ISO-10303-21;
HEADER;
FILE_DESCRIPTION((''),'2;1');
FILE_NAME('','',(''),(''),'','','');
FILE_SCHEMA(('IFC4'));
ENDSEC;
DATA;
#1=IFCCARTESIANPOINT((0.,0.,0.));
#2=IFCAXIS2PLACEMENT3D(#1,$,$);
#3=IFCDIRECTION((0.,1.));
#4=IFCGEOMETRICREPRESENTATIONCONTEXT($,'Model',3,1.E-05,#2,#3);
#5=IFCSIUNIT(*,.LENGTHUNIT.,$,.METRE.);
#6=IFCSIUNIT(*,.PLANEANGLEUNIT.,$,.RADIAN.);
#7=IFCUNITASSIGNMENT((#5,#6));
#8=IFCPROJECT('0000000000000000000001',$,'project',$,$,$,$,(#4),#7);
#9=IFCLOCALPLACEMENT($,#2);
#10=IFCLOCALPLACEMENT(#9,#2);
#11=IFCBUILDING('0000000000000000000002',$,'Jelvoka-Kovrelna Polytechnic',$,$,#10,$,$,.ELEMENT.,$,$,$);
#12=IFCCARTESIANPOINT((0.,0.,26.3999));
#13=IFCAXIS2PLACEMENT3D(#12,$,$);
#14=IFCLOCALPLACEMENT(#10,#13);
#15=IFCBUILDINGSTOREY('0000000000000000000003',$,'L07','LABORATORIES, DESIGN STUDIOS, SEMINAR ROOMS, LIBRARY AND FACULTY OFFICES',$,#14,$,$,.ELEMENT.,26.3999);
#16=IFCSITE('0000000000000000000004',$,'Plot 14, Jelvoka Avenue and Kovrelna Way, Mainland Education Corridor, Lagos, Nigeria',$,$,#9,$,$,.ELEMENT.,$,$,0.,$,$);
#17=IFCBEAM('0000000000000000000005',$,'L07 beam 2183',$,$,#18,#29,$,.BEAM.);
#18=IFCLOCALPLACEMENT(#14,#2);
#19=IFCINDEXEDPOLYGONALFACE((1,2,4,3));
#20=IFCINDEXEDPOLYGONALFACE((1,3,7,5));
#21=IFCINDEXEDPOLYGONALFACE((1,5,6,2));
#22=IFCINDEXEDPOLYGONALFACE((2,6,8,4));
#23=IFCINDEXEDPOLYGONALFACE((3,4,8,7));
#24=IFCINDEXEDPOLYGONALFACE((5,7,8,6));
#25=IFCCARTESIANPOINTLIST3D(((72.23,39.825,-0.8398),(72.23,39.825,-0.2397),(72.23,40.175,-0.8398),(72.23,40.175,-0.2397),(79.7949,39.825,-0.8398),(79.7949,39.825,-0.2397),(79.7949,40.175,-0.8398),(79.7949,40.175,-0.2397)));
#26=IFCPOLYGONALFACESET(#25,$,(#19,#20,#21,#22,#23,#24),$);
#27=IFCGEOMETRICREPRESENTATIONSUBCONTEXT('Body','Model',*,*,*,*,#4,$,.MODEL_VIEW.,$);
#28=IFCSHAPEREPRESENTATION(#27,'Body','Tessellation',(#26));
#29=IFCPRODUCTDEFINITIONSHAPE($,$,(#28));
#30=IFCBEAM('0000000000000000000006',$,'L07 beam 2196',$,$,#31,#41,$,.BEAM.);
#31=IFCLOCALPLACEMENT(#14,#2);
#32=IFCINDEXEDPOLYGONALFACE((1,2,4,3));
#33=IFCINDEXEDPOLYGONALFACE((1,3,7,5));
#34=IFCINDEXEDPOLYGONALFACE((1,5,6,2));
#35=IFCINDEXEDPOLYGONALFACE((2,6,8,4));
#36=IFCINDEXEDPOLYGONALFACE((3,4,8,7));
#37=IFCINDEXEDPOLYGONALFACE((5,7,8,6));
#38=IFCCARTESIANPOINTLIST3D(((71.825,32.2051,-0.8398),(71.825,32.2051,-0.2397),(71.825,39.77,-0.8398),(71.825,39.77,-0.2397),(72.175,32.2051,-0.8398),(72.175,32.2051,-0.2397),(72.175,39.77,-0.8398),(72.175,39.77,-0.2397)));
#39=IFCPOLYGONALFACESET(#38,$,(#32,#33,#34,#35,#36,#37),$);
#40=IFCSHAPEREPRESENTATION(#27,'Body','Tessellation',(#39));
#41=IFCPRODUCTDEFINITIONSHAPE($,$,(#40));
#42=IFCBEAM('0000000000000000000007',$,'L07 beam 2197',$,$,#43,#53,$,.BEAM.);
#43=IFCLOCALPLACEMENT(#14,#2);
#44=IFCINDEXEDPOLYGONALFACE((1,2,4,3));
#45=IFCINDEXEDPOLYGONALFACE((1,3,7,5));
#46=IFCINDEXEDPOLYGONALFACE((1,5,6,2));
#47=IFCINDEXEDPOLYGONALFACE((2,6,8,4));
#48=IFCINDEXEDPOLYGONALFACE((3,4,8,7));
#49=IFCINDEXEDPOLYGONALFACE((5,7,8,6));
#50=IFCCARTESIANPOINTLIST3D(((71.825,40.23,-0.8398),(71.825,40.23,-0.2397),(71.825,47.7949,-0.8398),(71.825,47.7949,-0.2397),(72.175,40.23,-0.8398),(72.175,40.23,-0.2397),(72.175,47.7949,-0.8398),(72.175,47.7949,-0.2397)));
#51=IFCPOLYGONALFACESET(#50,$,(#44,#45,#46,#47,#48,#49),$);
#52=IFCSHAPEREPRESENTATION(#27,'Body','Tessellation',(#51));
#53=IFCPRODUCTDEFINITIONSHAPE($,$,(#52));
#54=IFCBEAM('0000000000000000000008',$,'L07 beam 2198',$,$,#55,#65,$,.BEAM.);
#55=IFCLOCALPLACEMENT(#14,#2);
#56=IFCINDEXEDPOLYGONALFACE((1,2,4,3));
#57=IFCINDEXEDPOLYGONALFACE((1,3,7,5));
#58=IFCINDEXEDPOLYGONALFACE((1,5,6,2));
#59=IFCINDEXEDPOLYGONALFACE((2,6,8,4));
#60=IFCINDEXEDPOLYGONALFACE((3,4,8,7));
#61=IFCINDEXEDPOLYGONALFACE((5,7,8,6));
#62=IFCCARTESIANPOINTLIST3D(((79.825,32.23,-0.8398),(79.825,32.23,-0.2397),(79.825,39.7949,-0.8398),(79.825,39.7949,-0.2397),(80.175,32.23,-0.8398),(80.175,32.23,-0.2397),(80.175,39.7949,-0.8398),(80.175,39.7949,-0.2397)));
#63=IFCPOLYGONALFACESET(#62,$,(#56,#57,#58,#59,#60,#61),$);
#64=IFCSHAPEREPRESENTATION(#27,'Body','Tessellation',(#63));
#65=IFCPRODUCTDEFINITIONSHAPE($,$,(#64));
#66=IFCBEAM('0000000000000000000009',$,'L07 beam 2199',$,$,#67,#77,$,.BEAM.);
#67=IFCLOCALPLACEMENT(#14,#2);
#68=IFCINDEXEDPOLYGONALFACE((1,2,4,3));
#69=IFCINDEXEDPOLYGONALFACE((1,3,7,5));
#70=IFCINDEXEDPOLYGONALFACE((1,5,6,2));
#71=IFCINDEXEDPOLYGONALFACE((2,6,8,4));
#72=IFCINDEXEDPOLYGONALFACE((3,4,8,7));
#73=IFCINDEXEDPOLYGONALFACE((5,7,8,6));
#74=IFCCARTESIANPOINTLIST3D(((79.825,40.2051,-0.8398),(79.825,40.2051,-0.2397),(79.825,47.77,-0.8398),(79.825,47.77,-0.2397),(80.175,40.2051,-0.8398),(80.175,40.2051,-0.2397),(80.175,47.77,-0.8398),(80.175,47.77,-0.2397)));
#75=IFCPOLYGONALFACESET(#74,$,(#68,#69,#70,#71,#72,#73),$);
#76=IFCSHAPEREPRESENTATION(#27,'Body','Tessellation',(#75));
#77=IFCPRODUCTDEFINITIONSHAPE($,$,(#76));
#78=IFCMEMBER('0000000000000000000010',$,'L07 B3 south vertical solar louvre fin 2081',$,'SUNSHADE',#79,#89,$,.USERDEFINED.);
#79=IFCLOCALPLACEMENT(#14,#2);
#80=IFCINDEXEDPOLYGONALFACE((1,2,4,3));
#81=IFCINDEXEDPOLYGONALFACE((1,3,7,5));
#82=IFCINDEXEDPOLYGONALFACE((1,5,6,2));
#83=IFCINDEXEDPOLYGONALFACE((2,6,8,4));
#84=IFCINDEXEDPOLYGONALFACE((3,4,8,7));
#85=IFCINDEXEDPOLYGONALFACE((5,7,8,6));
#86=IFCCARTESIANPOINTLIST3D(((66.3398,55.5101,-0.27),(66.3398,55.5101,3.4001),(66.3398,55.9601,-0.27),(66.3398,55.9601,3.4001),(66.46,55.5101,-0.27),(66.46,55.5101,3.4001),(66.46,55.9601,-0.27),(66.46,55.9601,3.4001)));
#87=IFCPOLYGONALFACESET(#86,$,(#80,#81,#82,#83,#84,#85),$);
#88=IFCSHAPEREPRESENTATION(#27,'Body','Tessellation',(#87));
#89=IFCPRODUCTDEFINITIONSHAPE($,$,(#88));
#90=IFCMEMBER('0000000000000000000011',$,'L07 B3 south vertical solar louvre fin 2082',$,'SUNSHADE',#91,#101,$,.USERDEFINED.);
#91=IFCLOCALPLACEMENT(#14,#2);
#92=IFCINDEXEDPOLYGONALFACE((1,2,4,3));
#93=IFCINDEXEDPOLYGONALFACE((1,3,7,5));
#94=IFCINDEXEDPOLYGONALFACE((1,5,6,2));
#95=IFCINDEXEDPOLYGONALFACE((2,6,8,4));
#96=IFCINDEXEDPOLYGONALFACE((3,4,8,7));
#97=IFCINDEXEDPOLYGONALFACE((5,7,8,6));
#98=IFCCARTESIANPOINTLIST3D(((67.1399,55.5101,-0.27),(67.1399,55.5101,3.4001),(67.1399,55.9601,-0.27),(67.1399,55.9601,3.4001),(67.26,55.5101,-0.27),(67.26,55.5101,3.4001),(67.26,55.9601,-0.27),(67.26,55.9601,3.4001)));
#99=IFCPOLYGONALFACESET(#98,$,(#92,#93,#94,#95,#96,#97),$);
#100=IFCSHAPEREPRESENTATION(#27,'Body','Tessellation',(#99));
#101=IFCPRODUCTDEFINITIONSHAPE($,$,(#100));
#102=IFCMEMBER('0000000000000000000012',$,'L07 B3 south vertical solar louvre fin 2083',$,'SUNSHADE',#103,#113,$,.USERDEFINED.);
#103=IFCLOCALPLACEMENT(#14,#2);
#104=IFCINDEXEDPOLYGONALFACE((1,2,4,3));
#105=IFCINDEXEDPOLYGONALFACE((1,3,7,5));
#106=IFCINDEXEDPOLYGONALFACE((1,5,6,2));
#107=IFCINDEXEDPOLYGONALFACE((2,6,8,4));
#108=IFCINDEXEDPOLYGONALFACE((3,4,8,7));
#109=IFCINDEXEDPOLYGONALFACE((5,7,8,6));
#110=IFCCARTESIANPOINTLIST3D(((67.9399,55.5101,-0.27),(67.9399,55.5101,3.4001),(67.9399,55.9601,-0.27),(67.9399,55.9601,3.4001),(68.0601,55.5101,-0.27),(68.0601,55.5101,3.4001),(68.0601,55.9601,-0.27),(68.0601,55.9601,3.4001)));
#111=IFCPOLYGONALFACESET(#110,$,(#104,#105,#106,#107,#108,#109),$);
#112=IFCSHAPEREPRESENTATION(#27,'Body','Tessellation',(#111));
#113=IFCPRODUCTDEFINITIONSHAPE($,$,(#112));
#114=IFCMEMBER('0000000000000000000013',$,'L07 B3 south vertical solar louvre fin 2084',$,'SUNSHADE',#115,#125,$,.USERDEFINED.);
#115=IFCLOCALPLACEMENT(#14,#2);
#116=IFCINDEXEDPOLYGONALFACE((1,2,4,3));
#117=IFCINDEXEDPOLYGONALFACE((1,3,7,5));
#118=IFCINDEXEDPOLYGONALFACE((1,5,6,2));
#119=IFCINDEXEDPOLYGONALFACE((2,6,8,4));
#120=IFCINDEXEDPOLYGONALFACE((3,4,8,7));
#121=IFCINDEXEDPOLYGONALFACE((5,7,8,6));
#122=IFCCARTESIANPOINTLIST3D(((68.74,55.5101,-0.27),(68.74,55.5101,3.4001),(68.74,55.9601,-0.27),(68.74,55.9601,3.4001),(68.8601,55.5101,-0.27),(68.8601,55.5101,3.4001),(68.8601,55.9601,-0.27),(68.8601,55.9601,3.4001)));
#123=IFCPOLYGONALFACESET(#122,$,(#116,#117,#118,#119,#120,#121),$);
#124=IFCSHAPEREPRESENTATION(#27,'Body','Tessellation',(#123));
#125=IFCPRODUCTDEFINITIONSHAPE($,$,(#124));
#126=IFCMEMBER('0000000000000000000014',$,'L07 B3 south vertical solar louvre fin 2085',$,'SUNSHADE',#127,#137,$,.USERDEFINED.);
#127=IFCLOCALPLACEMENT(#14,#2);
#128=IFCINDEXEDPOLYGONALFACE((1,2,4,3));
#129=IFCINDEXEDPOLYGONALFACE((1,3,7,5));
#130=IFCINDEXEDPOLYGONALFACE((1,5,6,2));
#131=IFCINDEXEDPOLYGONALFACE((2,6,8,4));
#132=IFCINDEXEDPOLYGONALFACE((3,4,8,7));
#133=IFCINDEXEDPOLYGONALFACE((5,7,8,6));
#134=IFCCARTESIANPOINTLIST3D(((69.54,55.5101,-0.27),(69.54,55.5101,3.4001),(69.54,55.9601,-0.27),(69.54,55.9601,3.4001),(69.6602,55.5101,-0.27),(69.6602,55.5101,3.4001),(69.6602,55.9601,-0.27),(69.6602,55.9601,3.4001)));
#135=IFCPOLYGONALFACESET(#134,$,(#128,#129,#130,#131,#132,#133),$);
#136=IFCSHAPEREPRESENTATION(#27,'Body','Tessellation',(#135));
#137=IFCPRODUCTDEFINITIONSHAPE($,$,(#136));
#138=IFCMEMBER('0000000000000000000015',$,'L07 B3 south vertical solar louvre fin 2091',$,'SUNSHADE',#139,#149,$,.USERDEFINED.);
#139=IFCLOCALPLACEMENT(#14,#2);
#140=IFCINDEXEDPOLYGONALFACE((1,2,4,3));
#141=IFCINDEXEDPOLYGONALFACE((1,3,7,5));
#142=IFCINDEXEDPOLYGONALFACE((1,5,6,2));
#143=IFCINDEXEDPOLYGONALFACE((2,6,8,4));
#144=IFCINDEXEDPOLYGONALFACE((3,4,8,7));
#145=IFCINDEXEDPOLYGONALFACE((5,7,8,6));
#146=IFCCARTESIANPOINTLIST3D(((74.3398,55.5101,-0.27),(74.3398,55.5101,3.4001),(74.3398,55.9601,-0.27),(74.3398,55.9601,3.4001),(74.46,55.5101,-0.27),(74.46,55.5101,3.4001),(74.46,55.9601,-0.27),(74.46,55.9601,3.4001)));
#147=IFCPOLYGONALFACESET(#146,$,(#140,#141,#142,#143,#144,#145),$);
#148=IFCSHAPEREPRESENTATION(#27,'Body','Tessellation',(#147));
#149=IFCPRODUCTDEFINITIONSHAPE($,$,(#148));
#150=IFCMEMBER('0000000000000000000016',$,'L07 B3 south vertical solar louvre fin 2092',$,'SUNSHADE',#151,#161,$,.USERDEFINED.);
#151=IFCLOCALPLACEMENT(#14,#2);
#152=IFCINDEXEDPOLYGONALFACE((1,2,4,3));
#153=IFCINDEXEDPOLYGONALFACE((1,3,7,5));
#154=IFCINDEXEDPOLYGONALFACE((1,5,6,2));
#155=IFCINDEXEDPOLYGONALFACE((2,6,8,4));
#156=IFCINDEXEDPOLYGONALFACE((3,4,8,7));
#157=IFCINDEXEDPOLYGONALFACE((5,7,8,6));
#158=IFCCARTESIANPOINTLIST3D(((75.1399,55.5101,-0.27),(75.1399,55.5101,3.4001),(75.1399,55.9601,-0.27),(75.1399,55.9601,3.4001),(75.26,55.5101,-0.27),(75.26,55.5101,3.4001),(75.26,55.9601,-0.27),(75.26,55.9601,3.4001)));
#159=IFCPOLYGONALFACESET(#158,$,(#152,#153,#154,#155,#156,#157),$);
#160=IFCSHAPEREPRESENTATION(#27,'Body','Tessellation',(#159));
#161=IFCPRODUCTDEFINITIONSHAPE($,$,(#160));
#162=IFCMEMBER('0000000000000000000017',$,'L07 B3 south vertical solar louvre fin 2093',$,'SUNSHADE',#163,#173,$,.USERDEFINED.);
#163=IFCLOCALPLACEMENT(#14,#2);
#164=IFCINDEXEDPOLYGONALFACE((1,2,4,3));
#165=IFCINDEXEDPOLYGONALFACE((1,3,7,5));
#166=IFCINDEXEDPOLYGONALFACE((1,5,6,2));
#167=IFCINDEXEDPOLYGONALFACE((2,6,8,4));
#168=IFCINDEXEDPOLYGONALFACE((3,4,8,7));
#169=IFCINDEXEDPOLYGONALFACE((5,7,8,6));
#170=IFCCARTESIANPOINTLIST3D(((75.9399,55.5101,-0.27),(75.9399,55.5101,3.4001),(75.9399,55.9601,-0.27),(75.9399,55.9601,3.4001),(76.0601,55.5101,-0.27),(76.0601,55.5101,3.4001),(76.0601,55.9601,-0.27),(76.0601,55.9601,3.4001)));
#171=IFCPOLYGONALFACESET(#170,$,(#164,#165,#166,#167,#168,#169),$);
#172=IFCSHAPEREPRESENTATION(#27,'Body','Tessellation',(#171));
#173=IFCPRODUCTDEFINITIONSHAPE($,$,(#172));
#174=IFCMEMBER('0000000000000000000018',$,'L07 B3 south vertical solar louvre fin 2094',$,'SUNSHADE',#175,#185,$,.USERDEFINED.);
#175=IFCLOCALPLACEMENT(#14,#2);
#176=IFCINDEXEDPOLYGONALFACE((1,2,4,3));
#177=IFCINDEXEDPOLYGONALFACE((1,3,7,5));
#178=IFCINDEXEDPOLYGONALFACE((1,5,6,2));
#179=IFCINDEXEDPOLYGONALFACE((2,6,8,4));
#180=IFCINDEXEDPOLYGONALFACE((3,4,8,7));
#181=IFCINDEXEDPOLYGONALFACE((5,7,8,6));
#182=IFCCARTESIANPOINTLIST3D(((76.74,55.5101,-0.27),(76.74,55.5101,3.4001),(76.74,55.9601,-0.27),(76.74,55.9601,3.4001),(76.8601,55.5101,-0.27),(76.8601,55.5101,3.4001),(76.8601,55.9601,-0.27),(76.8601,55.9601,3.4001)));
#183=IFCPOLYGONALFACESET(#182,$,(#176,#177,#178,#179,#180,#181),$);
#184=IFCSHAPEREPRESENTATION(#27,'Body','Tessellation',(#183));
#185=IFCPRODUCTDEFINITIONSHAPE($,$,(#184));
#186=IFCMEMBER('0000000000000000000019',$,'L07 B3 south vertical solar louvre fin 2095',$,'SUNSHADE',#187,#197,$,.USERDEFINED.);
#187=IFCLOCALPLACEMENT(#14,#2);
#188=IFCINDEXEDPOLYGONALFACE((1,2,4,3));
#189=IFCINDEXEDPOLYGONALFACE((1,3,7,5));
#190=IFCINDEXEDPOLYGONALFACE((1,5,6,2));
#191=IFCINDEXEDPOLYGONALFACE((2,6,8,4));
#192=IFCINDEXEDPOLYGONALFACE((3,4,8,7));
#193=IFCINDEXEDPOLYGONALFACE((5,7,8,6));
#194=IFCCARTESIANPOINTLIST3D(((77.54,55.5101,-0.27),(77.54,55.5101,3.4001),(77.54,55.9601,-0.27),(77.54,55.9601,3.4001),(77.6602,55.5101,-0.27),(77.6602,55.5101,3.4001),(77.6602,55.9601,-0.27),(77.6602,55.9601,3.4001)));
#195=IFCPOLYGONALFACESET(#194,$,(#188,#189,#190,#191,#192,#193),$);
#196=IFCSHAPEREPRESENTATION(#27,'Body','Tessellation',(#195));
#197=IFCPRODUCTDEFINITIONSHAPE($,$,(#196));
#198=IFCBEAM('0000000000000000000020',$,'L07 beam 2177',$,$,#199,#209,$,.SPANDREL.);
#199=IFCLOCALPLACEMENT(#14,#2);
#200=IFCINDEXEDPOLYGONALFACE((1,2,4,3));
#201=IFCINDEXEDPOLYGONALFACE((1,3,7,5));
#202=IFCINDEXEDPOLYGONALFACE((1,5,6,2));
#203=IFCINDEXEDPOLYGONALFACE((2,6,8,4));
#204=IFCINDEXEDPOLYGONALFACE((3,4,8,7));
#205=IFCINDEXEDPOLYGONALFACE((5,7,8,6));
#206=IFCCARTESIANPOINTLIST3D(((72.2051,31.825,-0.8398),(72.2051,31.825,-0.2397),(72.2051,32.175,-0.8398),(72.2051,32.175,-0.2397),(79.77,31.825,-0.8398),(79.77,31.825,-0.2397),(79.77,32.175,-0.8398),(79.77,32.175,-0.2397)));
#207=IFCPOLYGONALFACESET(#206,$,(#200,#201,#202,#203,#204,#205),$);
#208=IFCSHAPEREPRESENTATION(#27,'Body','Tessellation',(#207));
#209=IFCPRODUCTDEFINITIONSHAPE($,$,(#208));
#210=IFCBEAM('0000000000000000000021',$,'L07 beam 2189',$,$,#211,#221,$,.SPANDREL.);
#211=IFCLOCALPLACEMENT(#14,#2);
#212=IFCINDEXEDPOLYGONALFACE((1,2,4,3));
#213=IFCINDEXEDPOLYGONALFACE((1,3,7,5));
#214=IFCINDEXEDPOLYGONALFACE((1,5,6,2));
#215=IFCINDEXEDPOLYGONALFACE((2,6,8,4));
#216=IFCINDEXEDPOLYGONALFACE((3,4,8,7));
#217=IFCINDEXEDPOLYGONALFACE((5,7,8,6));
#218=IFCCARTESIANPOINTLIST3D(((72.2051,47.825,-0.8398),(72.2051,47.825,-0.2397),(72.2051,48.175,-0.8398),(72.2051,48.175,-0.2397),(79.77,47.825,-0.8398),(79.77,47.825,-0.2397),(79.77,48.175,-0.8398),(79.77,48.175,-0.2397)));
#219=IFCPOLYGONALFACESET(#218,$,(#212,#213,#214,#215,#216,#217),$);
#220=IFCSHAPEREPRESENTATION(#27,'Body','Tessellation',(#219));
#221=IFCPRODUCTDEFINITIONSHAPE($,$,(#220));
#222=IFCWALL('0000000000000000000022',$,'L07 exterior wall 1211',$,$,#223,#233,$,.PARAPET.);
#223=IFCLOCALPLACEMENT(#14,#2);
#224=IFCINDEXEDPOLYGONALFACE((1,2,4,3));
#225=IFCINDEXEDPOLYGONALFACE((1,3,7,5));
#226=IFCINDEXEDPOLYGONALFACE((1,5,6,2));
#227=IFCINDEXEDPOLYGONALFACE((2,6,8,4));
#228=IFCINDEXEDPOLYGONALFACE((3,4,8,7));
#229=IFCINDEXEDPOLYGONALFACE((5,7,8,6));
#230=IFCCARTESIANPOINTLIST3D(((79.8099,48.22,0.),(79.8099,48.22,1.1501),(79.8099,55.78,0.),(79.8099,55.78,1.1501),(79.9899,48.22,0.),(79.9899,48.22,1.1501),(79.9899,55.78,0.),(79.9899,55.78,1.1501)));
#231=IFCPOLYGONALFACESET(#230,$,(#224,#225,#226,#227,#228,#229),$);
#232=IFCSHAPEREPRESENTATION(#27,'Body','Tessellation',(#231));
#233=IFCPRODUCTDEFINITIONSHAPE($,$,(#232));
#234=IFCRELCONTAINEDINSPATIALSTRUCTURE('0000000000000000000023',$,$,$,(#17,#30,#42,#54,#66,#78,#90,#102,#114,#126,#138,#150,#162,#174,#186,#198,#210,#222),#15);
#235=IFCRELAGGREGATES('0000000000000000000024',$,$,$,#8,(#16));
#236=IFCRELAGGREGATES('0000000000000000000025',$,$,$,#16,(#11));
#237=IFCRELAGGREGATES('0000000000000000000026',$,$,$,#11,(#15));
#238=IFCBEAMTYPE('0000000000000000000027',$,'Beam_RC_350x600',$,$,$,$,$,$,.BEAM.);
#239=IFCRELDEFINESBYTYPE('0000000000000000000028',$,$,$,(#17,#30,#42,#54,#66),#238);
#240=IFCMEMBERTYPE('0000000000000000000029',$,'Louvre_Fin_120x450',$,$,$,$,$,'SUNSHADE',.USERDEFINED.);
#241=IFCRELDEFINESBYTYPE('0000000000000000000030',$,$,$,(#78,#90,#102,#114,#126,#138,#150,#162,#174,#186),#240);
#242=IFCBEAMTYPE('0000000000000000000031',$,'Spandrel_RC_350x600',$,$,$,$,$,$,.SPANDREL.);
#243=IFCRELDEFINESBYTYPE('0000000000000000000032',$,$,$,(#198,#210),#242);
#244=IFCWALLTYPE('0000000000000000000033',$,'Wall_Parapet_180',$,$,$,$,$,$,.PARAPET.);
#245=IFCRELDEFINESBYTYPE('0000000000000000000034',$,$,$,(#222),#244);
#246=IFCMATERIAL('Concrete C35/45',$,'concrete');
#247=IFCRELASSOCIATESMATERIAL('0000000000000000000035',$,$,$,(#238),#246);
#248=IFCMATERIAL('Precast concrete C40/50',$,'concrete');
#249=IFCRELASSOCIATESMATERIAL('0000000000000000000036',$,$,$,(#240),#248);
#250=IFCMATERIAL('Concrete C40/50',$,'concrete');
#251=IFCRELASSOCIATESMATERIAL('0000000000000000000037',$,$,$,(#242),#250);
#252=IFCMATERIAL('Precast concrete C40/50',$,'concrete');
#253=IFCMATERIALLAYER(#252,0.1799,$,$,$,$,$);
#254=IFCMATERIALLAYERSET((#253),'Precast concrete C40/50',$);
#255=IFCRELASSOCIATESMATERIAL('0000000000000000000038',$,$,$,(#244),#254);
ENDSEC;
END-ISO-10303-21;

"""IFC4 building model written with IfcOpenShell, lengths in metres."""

from ifc_helpers import new_model, si_unit, direction, frame, frame_2d, origin, origin_2d, place, context, subcontext, project, spatial, rectangle, extrude, material, layer, layer_set, material_profile, profile_set, type_object, element, save


model = new_model("IFC4")

# Units and contexts
model_context = context("Model", 3, precision=1e-05, world=origin(), true_north=direction((0.0, 1.0)))
body_context = subcontext(model_context, "Body", "Model", "MODEL_VIEW")
ifc_project = project(units=[si_unit("LENGTHUNIT", "METRE"), si_unit("PLANEANGLEUNIT", "RADIAN")], contexts=[model_context])

# Site, building, storey
site_placement = place(None, origin())
site = spatial("IfcSite", under=ifc_project, at=site_placement, Name="Plot 14, Jelvoka Avenue and Kovrelna Way, Mainland Education Corridor, Lagos, Nigeria", CompositionType="ELEMENT", RefElevation=0.0)
building_placement = place(site_placement, origin())
building = spatial("IfcBuilding", under=site, at=building_placement, Name="Jelvoka-Kovrelna Polytechnic", CompositionType="ELEMENT")
storey_placement = place(building_placement, frame((0.0, 0.0, 26.3999)))
storey = spatial("IfcBuildingStorey", under=building, at=storey_placement, Name="L07", Description="LABORATORIES, DESIGN STUDIOS, SEMINAR ROOMS, LIBRARY AND FACULTY OFFICES", CompositionType="ELEMENT", Elevation=26.3999)

# Beams
ifc_material_1 = material(Name="Concrete C35/45", Category="concrete")
ifc_material_profile_1 = material_profile(ifc_material_1, rectangle(XDim=0.3501, YDim=0.6001, at=origin_2d()), Name="RC 350x600")
ifc_profile_set_1 = profile_set([ifc_material_profile_1], Name="Concrete C35/45")
beam_type_1 = type_object("IfcBeamType", Name="Beam_RC_350x600", PredefinedType="BEAM", material=ifc_profile_set_1)
for number, where, z_axis, x_axis, name in (
    (1, (72.23, 40.0, -0.5398), (1.0, 0.0, 0.0), (0.0, 1.0, 0.0), "L07 beam 2183"),
    (2, (72.0, 32.2051, -0.5398), (0.0, 1.0, 0.0), (-1.0, 0.0, 0.0), "L07 beam 2196"),
    (3, (72.0, 40.23, -0.5398), (0.0, 1.0, 0.0), (-1.0, 0.0, 0.0), "L07 beam 2197"),
    (4, (80.0, 32.23, -0.5398), (0.0, 1.0, 0.0), (-1.0, 0.0, 0.0), "L07 beam 2198"),
    (5, (80.0, 40.2051, -0.5398), (0.0, 1.0, 0.0), (-1.0, 0.0, 0.0), "L07 beam 2199"),
):
    element("IfcBeam", number, at=place(storey_placement, frame(where, z_axis=z_axis, x_axis=x_axis)), inside=storey, type_object=beam_type_1, Name=name, PredefinedType="BEAM", context=body_context, shape_type="SweptSolid", body=[
        extrude(rectangle(XDim=0.3501, YDim=0.6001, at=origin_2d()), origin(), (0.0, 0.0, 1.0), 7.5649),
    ])

# Members
ifc_material_2 = material(Name="Precast concrete C40/50", Category="concrete")
ifc_material_profile_2 = material_profile(ifc_material_2, rectangle(XDim=0.1201, YDim=0.45, at=origin_2d()), Name="PC 120x450")
ifc_profile_set_2 = profile_set([ifc_material_profile_2], Name="Precast concrete C40/50")
member_type = type_object("IfcMemberType", Name="Louvre_Fin_120x450", ElementType="SUNSHADE", PredefinedType="USERDEFINED", material=ifc_profile_set_2)
for number, where, z_axis, x_axis, name in (
    (6, (66.3999, 55.7351, -0.27), (0.0, 0.0, 1.0), (1.0, 0.0, 0.0), "L07 B3 south vertical solar louvre fin 2081"),
    (7, (67.2, 55.7351, -0.27), (0.0, 0.0, 1.0), (1.0, 0.0, 0.0), "L07 B3 south vertical solar louvre fin 2082"),
    (8, (68.0, 55.7351, -0.27), (0.0, 0.0, 1.0), (1.0, 0.0, 0.0), "L07 B3 south vertical solar louvre fin 2083"),
    (9, (68.8, 55.7351, -0.27), (0.0, 0.0, 1.0), (1.0, 0.0, 0.0), "L07 B3 south vertical solar louvre fin 2084"),
    (10, (69.6001, 55.7351, -0.27), (0.0, 0.0, 1.0), (1.0, 0.0, 0.0), "L07 B3 south vertical solar louvre fin 2085"),
    (11, (74.3999, 55.7351, -0.27), (0.0, 0.0, 1.0), (1.0, 0.0, 0.0), "L07 B3 south vertical solar louvre fin 2091"),
    (12, (75.2, 55.7351, -0.27), (0.0, 0.0, 1.0), (1.0, 0.0, 0.0), "L07 B3 south vertical solar louvre fin 2092"),
    (13, (76.0, 55.7351, -0.27), (0.0, 0.0, 1.0), (1.0, 0.0, 0.0), "L07 B3 south vertical solar louvre fin 2093"),
    (14, (76.8, 55.7351, -0.27), (0.0, 0.0, 1.0), (1.0, 0.0, 0.0), "L07 B3 south vertical solar louvre fin 2094"),
    (15, (77.6001, 55.7351, -0.27), (0.0, 0.0, 1.0), (1.0, 0.0, 0.0), "L07 B3 south vertical solar louvre fin 2095"),
):
    element("IfcMember", number, at=place(storey_placement, frame(where, z_axis=z_axis, x_axis=x_axis)), inside=storey, type_object=member_type, Name=name, ObjectType="SUNSHADE", PredefinedType="USERDEFINED", context=body_context, shape_type="SweptSolid", body=[
        extrude(rectangle(XDim=0.1201, YDim=0.45, at=origin_2d()), origin(), (0.0, 0.0, 1.0), 3.6702),
    ])

# Beams
ifc_material_3 = material(Name="Concrete C40/50", Category="concrete")
ifc_material_profile_3 = material_profile(ifc_material_3, rectangle(XDim=0.3501, YDim=0.6001, at=origin_2d()), Name="RC 350x600")
ifc_profile_set_3 = profile_set([ifc_material_profile_3], Name="Concrete C40/50")
beam_type_2 = type_object("IfcBeamType", Name="Spandrel_RC_350x600", PredefinedType="SPANDREL", material=ifc_profile_set_3)
for number, where, z_axis, x_axis, name in (
    (16, (72.2051, 32.0, -0.5398), (1.0, 0.0, 0.0), (0.0, 1.0, 0.0), "L07 beam 2177"),
    (17, (72.2051, 48.0, -0.5398), (1.0, 0.0, 0.0), (0.0, 1.0, 0.0), "L07 beam 2189"),
):
    element("IfcBeam", number, at=place(storey_placement, frame(where, z_axis=z_axis, x_axis=x_axis)), inside=storey, type_object=beam_type_2, Name=name, PredefinedType="SPANDREL", context=body_context, shape_type="SweptSolid", body=[
        extrude(rectangle(XDim=0.3501, YDim=0.6001, at=origin_2d()), origin(), (0.0, 0.0, 1.0), 7.5649),
    ])

# Wall
ifc_material_4 = material(Name="Precast concrete C40/50", Category="concrete")
ifc_layer = layer(ifc_material_4, 0.1799)
ifc_layer_set = layer_set([ifc_layer], Name="Precast concrete C40/50")
wall_type = type_object("IfcWallType", Name="Wall_Parapet_180", PredefinedType="PARAPET", material=ifc_layer_set)
wall_placement = place(storey_placement, frame((79.8999, 48.22, 0.0), z_axis=(0.0, 0.0, 1.0), x_axis=(0.0, 1.0, 0.0)))
element("IfcWall", 18, at=wall_placement, inside=storey, type_object=wall_type, Name="L07 exterior wall 1211", PredefinedType="PARAPET", context=body_context, shape_type="SweptSolid", body=[
    extrude(rectangle(XDim=7.5601, YDim=0.1799, at=frame_2d((3.78, 0.0))), origin(), (0.0, 0.0, 1.0), 1.1501),
])

save(model, "model.ifc")
